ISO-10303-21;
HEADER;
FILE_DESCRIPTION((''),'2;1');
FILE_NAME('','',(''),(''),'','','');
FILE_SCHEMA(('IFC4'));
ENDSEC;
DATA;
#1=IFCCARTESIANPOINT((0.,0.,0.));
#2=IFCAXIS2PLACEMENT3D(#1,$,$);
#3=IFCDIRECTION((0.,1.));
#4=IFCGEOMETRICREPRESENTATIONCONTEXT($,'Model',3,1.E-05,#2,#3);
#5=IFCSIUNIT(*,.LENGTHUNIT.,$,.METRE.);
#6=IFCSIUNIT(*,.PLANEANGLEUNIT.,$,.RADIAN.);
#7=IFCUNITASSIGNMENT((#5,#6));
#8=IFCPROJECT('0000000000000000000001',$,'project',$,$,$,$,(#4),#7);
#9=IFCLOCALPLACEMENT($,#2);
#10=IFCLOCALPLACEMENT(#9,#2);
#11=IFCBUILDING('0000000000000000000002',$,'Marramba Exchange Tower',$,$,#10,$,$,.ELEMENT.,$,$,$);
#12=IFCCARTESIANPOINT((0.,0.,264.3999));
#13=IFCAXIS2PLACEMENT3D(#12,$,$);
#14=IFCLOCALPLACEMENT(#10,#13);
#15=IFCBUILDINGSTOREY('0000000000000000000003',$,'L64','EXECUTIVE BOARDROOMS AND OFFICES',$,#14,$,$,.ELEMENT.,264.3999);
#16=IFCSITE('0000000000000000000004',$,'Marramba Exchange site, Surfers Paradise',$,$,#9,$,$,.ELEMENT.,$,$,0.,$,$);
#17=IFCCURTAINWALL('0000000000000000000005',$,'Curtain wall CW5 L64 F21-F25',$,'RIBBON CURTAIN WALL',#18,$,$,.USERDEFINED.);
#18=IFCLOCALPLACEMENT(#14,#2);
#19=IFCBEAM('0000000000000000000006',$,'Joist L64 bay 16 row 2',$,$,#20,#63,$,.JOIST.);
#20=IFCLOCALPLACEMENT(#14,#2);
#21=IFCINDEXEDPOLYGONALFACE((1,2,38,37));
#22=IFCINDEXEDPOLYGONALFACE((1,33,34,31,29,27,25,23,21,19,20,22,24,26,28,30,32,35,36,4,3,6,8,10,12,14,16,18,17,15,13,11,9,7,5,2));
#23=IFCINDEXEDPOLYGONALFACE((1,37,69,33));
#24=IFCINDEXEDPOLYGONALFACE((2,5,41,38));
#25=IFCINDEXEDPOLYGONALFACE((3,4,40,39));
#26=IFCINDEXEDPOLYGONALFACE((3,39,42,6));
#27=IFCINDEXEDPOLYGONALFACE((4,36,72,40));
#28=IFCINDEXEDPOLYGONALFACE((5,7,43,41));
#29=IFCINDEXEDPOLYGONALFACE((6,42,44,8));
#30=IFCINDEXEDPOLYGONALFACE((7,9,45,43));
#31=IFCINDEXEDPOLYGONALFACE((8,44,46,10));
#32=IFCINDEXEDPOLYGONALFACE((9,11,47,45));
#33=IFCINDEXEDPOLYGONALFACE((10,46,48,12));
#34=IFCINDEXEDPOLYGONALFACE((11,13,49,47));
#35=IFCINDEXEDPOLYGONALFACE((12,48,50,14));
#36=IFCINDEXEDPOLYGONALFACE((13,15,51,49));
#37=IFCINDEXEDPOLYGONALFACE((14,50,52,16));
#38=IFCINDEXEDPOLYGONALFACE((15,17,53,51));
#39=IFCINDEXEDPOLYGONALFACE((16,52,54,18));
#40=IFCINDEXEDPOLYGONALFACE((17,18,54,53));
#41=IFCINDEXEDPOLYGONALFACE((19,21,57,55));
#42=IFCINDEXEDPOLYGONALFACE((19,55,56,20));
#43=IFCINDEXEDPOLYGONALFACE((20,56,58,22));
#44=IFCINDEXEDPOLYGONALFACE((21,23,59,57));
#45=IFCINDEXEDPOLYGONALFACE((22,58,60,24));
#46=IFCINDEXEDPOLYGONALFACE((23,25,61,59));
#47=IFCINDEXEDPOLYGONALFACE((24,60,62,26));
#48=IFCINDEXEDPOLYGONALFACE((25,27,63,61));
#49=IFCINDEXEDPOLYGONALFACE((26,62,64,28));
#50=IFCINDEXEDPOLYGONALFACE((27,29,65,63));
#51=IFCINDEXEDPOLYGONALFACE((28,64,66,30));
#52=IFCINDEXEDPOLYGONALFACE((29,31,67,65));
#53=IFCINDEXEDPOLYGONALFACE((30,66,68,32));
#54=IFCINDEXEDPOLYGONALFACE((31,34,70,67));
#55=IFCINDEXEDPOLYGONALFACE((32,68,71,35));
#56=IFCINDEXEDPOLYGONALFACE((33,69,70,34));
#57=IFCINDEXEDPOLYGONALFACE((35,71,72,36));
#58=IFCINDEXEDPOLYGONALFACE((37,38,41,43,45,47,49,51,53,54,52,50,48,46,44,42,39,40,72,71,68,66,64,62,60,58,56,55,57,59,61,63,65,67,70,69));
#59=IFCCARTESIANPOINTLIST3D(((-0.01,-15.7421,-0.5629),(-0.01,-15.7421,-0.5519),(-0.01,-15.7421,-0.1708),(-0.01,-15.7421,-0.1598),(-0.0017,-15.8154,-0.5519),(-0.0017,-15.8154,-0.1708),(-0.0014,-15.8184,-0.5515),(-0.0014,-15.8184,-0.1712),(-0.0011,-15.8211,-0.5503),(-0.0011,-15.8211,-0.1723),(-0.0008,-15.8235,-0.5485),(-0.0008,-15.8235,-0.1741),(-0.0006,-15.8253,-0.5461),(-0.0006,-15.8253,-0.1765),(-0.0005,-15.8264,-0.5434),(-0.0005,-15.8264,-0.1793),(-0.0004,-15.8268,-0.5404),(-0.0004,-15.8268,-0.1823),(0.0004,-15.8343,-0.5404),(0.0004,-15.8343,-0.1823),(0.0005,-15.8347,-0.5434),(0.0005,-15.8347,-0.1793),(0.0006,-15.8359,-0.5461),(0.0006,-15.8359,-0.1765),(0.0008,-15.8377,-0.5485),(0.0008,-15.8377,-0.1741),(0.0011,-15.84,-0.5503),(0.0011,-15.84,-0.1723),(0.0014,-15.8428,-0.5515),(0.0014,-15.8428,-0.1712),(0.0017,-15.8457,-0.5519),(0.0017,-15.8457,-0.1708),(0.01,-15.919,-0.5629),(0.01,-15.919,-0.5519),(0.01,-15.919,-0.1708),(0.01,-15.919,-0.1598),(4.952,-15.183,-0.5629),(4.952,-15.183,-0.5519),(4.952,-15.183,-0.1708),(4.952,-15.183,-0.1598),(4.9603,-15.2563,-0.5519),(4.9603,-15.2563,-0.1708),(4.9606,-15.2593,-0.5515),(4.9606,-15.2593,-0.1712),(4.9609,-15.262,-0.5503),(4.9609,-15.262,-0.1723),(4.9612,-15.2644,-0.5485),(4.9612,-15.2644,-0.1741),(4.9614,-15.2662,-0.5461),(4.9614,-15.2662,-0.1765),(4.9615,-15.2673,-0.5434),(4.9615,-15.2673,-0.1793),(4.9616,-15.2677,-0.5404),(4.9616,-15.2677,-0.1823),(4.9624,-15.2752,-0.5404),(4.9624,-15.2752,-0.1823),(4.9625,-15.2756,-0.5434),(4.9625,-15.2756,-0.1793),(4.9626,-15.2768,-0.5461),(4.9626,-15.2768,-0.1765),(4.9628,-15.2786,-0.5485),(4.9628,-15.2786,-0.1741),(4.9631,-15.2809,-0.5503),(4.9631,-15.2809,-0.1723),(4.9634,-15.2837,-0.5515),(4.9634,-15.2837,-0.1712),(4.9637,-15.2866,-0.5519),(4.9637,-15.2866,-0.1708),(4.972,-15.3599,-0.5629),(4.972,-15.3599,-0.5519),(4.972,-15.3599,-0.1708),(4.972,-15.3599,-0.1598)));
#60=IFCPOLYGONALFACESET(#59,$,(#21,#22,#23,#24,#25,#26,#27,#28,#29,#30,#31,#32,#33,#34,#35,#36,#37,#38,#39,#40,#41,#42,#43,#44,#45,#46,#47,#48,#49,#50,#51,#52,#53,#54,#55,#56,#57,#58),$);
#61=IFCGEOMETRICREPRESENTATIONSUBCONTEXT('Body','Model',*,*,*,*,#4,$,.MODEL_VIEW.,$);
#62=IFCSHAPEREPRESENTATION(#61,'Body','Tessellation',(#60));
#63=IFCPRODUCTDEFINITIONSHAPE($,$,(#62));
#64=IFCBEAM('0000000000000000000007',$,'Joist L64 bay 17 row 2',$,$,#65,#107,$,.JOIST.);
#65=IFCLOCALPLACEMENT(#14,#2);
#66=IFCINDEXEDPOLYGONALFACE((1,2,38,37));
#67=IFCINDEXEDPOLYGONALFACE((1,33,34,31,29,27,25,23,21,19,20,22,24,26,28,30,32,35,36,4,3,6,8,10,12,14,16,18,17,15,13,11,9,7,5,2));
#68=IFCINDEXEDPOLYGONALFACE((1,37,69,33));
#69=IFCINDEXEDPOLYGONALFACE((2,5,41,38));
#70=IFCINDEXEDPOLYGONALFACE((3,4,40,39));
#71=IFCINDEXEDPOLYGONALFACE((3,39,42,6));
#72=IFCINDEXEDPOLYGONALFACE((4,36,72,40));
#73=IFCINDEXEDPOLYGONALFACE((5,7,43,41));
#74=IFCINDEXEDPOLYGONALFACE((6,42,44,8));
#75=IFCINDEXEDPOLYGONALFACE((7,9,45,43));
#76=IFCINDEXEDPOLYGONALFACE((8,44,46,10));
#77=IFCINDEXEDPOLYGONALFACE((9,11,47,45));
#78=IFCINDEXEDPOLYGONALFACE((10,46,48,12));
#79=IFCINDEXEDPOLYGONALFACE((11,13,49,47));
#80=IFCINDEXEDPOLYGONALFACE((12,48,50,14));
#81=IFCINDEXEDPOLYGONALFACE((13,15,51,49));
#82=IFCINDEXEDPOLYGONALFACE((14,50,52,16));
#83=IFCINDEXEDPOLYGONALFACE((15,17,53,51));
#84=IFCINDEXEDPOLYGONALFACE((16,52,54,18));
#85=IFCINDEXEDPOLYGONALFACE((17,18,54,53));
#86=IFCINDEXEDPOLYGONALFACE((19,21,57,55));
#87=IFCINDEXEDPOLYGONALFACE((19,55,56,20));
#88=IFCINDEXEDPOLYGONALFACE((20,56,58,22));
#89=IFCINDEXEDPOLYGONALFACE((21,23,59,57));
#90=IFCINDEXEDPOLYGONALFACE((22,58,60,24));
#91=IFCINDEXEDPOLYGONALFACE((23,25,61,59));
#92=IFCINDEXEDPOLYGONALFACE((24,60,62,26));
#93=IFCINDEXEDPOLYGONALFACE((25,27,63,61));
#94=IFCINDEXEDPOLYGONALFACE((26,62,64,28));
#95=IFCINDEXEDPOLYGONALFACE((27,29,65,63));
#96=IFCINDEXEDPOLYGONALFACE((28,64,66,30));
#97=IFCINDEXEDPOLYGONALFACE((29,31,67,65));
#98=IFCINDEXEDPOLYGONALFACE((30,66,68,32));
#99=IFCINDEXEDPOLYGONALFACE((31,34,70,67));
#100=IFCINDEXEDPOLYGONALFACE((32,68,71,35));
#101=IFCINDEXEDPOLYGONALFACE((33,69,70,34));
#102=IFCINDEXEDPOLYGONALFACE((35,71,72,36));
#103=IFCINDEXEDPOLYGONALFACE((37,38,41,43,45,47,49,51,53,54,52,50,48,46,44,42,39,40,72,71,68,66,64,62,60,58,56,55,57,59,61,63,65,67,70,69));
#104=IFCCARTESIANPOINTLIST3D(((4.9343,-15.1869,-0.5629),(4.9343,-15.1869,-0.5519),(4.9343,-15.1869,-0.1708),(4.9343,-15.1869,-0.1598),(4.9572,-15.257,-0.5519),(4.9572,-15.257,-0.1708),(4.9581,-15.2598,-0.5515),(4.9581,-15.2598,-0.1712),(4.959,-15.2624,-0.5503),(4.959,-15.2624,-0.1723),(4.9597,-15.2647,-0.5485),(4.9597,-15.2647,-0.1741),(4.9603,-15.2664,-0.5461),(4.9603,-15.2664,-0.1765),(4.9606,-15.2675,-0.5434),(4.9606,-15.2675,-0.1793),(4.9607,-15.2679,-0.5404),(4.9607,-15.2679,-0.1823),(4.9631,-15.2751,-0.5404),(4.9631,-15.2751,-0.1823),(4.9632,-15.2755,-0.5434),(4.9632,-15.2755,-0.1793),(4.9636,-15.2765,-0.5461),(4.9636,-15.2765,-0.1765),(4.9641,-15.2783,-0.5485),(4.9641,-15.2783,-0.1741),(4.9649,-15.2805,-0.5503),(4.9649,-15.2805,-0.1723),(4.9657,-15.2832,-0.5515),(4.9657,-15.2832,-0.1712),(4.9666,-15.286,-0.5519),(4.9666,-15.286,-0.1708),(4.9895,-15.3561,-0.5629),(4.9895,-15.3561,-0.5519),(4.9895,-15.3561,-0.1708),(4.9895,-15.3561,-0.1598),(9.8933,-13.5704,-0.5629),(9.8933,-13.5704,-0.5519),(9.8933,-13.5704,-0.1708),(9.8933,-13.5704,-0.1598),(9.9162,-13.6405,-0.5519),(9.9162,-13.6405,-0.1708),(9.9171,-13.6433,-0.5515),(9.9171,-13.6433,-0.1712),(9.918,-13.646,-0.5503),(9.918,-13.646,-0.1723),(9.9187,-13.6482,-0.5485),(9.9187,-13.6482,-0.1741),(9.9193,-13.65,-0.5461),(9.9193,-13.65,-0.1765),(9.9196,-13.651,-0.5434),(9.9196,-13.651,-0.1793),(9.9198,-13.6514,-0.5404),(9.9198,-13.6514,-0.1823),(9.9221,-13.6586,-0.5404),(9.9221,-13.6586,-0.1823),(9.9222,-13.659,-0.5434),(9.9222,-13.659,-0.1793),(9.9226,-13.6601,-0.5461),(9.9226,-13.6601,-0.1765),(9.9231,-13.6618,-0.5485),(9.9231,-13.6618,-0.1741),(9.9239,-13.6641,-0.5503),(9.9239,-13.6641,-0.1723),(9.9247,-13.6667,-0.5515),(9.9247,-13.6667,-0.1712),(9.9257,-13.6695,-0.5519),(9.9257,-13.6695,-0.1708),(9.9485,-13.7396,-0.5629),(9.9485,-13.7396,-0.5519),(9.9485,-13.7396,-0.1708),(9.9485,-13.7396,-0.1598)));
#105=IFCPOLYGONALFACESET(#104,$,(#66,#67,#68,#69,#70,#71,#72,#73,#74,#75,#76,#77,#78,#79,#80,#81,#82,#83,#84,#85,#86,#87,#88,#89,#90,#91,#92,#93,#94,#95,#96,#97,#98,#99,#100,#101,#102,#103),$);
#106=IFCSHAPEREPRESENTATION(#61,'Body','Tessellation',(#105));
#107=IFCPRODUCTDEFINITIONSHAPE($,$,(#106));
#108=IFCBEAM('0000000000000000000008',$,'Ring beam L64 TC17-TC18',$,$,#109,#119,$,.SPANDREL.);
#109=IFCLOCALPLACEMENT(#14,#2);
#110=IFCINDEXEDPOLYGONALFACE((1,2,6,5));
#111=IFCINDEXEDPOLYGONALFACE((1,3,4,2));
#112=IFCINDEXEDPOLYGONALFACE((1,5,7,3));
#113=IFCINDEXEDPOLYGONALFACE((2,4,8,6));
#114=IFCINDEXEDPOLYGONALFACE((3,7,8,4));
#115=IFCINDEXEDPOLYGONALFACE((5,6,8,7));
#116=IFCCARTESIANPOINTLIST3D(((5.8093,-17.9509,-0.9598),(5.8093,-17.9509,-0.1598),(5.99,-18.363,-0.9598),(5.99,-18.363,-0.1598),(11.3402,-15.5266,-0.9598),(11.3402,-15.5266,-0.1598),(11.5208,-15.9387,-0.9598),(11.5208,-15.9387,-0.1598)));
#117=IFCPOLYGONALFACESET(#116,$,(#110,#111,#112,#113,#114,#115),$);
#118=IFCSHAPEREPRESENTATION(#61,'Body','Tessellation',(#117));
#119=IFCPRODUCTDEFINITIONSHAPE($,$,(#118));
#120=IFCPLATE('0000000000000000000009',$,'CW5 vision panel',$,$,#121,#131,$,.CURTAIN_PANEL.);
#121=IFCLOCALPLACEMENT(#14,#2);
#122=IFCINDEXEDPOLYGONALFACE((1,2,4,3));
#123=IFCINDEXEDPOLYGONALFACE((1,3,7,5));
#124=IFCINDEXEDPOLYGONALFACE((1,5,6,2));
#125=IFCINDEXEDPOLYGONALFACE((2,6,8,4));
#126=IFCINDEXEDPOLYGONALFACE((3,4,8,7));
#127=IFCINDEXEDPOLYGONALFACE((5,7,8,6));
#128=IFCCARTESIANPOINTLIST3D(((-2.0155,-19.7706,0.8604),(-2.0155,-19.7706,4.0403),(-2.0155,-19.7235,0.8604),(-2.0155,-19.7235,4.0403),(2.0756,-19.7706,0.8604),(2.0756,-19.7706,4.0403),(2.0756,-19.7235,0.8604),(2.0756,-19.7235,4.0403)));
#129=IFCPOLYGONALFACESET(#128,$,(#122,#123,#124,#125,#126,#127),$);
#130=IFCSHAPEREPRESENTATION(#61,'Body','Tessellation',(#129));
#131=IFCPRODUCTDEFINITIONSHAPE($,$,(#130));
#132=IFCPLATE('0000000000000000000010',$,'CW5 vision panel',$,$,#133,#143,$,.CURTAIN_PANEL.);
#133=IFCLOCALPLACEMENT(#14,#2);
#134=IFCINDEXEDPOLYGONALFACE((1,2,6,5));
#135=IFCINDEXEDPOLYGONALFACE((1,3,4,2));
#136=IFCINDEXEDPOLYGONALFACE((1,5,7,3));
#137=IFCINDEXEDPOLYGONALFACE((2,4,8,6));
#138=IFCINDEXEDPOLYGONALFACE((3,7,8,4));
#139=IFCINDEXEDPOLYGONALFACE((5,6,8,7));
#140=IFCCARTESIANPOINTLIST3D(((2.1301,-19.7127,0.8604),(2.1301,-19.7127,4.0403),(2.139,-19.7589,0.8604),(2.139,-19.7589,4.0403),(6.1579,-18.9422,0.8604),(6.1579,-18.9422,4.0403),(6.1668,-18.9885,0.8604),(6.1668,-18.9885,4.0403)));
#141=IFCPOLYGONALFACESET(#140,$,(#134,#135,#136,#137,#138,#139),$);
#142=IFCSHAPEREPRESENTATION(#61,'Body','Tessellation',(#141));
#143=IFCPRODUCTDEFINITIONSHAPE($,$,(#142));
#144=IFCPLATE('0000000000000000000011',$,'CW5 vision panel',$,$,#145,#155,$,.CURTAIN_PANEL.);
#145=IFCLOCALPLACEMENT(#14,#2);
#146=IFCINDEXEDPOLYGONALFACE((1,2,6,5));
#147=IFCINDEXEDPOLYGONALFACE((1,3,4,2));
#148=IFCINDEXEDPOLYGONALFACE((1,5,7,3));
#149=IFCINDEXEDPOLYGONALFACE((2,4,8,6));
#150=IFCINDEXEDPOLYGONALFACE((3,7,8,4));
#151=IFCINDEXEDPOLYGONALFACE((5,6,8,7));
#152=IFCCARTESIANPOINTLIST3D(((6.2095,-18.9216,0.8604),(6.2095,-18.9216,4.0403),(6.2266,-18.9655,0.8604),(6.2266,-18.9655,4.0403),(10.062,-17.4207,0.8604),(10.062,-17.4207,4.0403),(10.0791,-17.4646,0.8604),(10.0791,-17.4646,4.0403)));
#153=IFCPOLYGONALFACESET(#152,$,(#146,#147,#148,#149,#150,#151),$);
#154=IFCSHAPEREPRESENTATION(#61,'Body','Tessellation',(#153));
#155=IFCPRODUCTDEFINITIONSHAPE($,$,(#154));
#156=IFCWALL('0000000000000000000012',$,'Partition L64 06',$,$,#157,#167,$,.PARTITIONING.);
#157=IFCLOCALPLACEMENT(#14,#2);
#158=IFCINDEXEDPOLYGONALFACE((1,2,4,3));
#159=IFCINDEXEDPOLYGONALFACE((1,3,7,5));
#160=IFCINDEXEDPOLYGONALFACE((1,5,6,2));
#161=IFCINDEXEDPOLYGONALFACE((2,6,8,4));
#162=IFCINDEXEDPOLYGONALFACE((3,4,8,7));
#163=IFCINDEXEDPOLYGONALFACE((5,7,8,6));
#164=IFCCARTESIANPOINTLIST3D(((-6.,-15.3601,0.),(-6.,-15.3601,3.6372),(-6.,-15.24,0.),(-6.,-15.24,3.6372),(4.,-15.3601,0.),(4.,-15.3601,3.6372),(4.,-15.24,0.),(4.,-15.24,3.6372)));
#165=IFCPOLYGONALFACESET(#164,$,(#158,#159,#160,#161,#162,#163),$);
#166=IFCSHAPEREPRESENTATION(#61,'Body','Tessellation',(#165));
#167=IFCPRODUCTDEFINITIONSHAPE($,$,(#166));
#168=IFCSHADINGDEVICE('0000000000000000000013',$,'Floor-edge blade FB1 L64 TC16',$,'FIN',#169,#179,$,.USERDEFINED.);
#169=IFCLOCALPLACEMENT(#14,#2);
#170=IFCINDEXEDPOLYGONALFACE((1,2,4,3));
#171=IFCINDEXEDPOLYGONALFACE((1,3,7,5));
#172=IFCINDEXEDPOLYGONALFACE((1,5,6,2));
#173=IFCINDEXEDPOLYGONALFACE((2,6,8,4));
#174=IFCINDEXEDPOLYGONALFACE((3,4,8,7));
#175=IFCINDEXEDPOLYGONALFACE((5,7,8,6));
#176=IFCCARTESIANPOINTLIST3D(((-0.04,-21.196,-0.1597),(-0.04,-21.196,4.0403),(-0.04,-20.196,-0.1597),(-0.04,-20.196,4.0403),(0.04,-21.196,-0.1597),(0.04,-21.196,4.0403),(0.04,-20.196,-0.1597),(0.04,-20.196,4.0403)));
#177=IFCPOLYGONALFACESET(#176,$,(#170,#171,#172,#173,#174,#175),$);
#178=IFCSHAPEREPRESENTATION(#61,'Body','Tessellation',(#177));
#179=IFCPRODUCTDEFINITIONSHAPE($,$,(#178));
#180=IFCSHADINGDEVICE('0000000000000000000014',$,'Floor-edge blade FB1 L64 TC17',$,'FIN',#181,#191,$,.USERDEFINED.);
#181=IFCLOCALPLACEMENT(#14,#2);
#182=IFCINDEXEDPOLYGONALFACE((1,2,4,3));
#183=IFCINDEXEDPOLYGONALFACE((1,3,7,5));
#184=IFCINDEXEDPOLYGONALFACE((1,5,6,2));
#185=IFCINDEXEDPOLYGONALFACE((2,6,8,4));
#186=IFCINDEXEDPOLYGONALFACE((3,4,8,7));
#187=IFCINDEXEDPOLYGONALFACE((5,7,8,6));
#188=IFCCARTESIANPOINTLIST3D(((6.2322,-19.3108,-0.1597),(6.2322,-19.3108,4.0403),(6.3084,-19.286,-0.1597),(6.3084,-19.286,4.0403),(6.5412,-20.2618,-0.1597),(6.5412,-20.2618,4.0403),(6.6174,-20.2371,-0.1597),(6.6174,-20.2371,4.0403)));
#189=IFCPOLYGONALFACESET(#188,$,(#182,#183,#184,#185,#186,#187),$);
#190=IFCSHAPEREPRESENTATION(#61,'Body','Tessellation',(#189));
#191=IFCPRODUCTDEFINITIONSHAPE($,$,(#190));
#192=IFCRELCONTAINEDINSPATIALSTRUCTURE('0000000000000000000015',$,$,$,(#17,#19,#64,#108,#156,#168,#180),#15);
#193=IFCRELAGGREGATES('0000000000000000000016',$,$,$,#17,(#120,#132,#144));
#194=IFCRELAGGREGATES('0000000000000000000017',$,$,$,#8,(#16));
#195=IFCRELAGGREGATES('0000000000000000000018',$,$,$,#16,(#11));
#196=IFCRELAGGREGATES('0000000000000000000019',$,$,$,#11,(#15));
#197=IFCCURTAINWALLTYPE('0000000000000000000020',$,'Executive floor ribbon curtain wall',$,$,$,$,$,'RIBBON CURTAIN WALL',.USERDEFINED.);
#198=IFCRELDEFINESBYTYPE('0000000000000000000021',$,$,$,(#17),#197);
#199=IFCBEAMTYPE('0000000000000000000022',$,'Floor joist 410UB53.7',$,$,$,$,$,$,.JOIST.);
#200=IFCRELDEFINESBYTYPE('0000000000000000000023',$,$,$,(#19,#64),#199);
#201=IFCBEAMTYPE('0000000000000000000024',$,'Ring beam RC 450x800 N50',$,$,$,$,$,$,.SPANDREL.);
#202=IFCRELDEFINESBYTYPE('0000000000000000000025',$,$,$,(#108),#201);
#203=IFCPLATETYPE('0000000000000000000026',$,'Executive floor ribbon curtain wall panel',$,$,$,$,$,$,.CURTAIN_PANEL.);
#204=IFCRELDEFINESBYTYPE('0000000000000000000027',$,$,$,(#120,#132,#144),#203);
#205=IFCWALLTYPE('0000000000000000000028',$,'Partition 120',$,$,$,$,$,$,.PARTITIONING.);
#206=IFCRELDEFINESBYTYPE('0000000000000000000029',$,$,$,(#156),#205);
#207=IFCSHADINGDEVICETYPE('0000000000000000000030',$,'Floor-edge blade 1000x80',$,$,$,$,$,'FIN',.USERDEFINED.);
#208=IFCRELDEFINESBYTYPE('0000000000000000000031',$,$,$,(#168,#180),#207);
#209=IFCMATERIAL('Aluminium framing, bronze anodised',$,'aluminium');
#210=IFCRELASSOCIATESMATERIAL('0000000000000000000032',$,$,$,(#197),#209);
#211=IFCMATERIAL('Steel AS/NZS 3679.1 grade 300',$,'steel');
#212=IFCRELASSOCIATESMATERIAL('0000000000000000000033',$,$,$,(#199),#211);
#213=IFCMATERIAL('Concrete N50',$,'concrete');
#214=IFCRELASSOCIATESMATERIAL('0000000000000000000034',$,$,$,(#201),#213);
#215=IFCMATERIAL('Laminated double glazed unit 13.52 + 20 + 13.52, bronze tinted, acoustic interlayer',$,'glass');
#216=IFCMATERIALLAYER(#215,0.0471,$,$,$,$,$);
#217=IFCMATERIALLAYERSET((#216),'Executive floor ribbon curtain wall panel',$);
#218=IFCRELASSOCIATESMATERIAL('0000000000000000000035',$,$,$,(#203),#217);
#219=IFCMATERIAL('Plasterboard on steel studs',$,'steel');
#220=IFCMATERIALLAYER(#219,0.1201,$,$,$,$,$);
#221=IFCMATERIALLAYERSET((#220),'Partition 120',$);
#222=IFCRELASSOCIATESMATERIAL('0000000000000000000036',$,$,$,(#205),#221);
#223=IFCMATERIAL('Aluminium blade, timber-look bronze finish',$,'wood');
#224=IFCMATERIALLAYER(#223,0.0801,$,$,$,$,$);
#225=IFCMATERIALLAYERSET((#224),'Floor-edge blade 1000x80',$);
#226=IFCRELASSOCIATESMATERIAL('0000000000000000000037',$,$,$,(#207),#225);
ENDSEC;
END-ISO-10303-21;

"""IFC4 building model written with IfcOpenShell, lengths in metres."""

from ifc_helpers import new_model, si_unit, direction, frame, frame_2d, origin, origin_2d, place, context, subcontext, project, spatial, rectangle, i_section, extrude, material, layer, layer_set, material_profile, profile_set, type_object, element, aggregate, save


model = new_model("IFC4")

# Units and contexts
model_context = context("Model", 3, precision=1e-05, world=origin(), true_north=direction((0.0, 1.0)))
body_context = subcontext(model_context, "Body", "Model", "MODEL_VIEW")
ifc_project = project(units=[si_unit("LENGTHUNIT", "METRE"), si_unit("PLANEANGLEUNIT", "RADIAN")], contexts=[model_context])

# Site, building, storey
site_placement = place(None, origin())
site = spatial("IfcSite", under=ifc_project, at=site_placement, Name="Marramba Exchange site, Surfers Paradise", CompositionType="ELEMENT", RefElevation=0.0)
building_placement = place(site_placement, origin())
building = spatial("IfcBuilding", under=site, at=building_placement, Name="Marramba Exchange Tower", CompositionType="ELEMENT")
storey_placement = place(building_placement, frame((0.0, 0.0, 264.3999)))
storey = spatial("IfcBuildingStorey", under=building, at=storey_placement, Name="L64", Description="EXECUTIVE BOARDROOMS AND OFFICES", CompositionType="ELEMENT", Elevation=264.3999)

# Shared definitions
ifc_material_1 = material(Name="Concrete N50", Category="concrete")

# Curtain wall
ifc_material_2 = material(Name="Aluminium framing, bronze anodised", Category="aluminium")
curtain_wall_type = type_object("IfcCurtainWallType", Name="Executive floor ribbon curtain wall", ElementType="RIBBON CURTAIN WALL", PredefinedType="USERDEFINED", material=ifc_material_2)
curtain_wall_placement = place(storey_placement, origin())
curtain_wall = element("IfcCurtainWall", 1, at=curtain_wall_placement, inside=storey, type_object=curtain_wall_type, Name="Curtain wall CW5 L64 F21-F25", ObjectType="RIBBON CURTAIN WALL", PredefinedType="USERDEFINED")

# Beams
ifc_material_3 = material(Name="Steel AS/NZS 3679.1 grade 300", Category="steel")
ifc_material_profile_1 = material_profile(ifc_material_3, i_section(OverallWidth=0.178, OverallDepth=0.4031, WebThickness=0.0076, FlangeThickness=0.011, FilletRadius=0.0115, at=origin_2d()), Name="410UB53.7")
ifc_profile_set_1 = profile_set([ifc_material_profile_1], Name="Steel AS/NZS 3679.1 grade 300")
beam_type_1 = type_object("IfcBeamType", Name="Floor joist 410UB53.7", PredefinedType="JOIST", material=ifc_profile_set_1)
beam_1_placement = place(storey_placement, frame((0.0, -15.8306, -0.3613), z_axis=(0.993712, 0.111966, 0.0), x_axis=(-0.111966, 0.993712, 0.0)))
element("IfcBeam", 2, at=beam_1_placement, inside=storey, type_object=beam_type_1, Name="Joist L64 bay 16 row 2", PredefinedType="JOIST", context=body_context, shape_type="SweptSolid", body=[
    extrude(i_section(OverallWidth=0.178, OverallDepth=0.4031, WebThickness=0.0076, FlangeThickness=0.011, FilletRadius=0.0115, at=origin_2d()), origin(), (0.0, 0.0, 1.0), 4.9934),
])
beam_2_placement = place(storey_placement, frame((4.9619, -15.2715, -0.3613), z_axis=(0.950764, 0.309916, 0.0), x_axis=(-0.309916, 0.950764, 0.0)))
element("IfcBeam", 3, at=beam_2_placement, inside=storey, type_object=beam_type_1, Name="Joist L64 bay 17 row 2", PredefinedType="JOIST", context=body_context, shape_type="SweptSolid", body=[
    extrude(i_section(OverallWidth=0.178, OverallDepth=0.4031, WebThickness=0.0076, FlangeThickness=0.011, FilletRadius=0.0115, at=origin_2d()), origin(), (0.0, 0.0, 1.0), 5.2158),
])
ifc_material_profile_2 = material_profile(ifc_material_1, rectangle(XDim=0.45, YDim=0.8, at=origin_2d()), Name="RC 450x800")
ifc_profile_set_2 = profile_set([ifc_material_profile_2], Name="Concrete N50")
beam_type_2 = type_object("IfcBeamType", Name="Ring beam RC 450x800 N50", PredefinedType="SPANDREL", material=ifc_profile_set_2)
beam_3_placement = place(storey_placement, frame((5.8997, -18.157, -0.5598), z_axis=(0.915877, 0.401459, 0.0), x_axis=(-0.401459, 0.915877, 0.0)))
element("IfcBeam", 4, at=beam_3_placement, inside=storey, type_object=beam_type_2, Name="Ring beam L64 TC17-TC18", PredefinedType="SPANDREL", context=body_context, shape_type="SweptSolid", body=[
    extrude(rectangle(XDim=0.45, YDim=0.8, at=origin_2d()), origin(), (0.0, 0.0, 1.0), 6.0388),
])

# Plates
ifc_material_4 = material(Name="Laminated double glazed unit 13.52 + 20 + 13.52, bronze tinted, acoustic interlayer", Category="glass")
ifc_layer_1 = layer(ifc_material_4, 0.0471)
ifc_layer_set_1 = layer_set([ifc_layer_1], Name="Executive floor ribbon curtain wall panel")
plate_type = type_object("IfcPlateType", Name="Executive floor ribbon curtain wall panel", PredefinedType="CURTAIN_PANEL", material=ifc_layer_set_1)
plate_1_placement = place(storey_placement, frame((0.03, -19.7471, 0.8604), z_axis=(0.0, 0.0, 1.0), x_axis=(1.0, 0.0, 0.0)))
plate_1 = element("IfcPlate", 5, at=plate_1_placement, type_object=plate_type, Name="CW5 vision panel", PredefinedType="CURTAIN_PANEL", context=body_context, shape_type="SweptSolid", body=[
    extrude(rectangle(XDim=4.0911, YDim=0.0471, at=origin_2d()), origin(), (0.0, 0.0, 1.0), 3.1799),
])
plate_2_placement = place(storey_placement, frame((4.1484, -19.3506, 0.8604), z_axis=(0.0, 0.0, 1.0), x_axis=(0.982193, 0.187873, 0.0)))
plate_2 = element("IfcPlate", 6, at=plate_2_placement, type_object=plate_type, Name="CW5 vision panel", PredefinedType="CURTAIN_PANEL", context=body_context, shape_type="SweptSolid", body=[
    extrude(rectangle(XDim=4.1008, YDim=0.0471, at=origin_2d()), origin(), (0.0, 0.0, 1.0), 3.1799),
])
plate_3_placement = place(storey_placement, frame((8.1443, -18.1931, 0.8604), z_axis=(0.0, 0.0, 1.0), x_axis=(0.931785, 0.36301, 0.0)))
plate_3 = element("IfcPlate", 7, at=plate_3_placement, type_object=plate_type, Name="CW5 vision panel", PredefinedType="CURTAIN_PANEL", context=body_context, shape_type="SweptSolid", body=[
    extrude(rectangle(XDim=4.1345, YDim=0.0471, at=origin_2d()), origin(), (0.0, 0.0, 1.0), 3.1799),
])
aggregate(curtain_wall, [plate_1, plate_2, plate_3])

# Wall
ifc_material_5 = material(Name="Plasterboard on steel studs", Category="steel")
ifc_layer_2 = layer(ifc_material_5, 0.1201)
ifc_layer_set_2 = layer_set([ifc_layer_2], Name="Partition 120")
wall_type = type_object("IfcWallType", Name="Partition 120", PredefinedType="PARTITIONING", material=ifc_layer_set_2)
wall_placement = place(storey_placement, frame((4.0, -15.3, 0.0), z_axis=(0.0, 0.0, 1.0), x_axis=(-1.0, 0.0, 0.0)))
element("IfcWall", 8, at=wall_placement, inside=storey, type_object=wall_type, Name="Partition L64 06", PredefinedType="PARTITIONING", context=body_context, shape_type="SweptSolid", body=[
    extrude(rectangle(XDim=10.0, YDim=0.1201, at=frame_2d((5.0, 0.0))), origin(), (0.0, 0.0, 1.0), 3.6372),
])

# Shading devices
ifc_material_6 = material(Name="Aluminium blade, timber-look bronze finish", Category="wood")
ifc_layer_3 = layer(ifc_material_6, 0.0801)
ifc_layer_set_3 = layer_set([ifc_layer_3], Name="Floor-edge blade 1000x80")
shading_device_type_1 = type_object("IfcShadingDeviceType", Name="Floor-edge blade 1000x80", ElementType="FIN", PredefinedType="USERDEFINED", material=ifc_layer_set_3)
for number, where, z_axis, x_axis, name in (
    (9, (0.0, -20.696, -0.1597), (0.0, 0.0, 1.0), (0.0, -1.0, 0.0), "Floor-edge blade FB1 L64 TC16"),
    (10, (6.4248, -19.7739, -0.1597), (0.0, 0.0, 1.0), (0.309017, -0.951057, 0.0), "Floor-edge blade FB1 L64 TC17"),
):
    element("IfcShadingDevice", number, at=place(storey_placement, frame(where, z_axis=z_axis, x_axis=x_axis)), inside=storey, type_object=shading_device_type_1, Name=name, ObjectType="FIN", PredefinedType="USERDEFINED", context=body_context, shape_type="SweptSolid", body=[
        extrude(rectangle(XDim=1.0, YDim=0.0801, at=origin_2d()), origin(), (0.0, 0.0, 1.0), 4.2),
    ])

save(model, "model.ifc")
